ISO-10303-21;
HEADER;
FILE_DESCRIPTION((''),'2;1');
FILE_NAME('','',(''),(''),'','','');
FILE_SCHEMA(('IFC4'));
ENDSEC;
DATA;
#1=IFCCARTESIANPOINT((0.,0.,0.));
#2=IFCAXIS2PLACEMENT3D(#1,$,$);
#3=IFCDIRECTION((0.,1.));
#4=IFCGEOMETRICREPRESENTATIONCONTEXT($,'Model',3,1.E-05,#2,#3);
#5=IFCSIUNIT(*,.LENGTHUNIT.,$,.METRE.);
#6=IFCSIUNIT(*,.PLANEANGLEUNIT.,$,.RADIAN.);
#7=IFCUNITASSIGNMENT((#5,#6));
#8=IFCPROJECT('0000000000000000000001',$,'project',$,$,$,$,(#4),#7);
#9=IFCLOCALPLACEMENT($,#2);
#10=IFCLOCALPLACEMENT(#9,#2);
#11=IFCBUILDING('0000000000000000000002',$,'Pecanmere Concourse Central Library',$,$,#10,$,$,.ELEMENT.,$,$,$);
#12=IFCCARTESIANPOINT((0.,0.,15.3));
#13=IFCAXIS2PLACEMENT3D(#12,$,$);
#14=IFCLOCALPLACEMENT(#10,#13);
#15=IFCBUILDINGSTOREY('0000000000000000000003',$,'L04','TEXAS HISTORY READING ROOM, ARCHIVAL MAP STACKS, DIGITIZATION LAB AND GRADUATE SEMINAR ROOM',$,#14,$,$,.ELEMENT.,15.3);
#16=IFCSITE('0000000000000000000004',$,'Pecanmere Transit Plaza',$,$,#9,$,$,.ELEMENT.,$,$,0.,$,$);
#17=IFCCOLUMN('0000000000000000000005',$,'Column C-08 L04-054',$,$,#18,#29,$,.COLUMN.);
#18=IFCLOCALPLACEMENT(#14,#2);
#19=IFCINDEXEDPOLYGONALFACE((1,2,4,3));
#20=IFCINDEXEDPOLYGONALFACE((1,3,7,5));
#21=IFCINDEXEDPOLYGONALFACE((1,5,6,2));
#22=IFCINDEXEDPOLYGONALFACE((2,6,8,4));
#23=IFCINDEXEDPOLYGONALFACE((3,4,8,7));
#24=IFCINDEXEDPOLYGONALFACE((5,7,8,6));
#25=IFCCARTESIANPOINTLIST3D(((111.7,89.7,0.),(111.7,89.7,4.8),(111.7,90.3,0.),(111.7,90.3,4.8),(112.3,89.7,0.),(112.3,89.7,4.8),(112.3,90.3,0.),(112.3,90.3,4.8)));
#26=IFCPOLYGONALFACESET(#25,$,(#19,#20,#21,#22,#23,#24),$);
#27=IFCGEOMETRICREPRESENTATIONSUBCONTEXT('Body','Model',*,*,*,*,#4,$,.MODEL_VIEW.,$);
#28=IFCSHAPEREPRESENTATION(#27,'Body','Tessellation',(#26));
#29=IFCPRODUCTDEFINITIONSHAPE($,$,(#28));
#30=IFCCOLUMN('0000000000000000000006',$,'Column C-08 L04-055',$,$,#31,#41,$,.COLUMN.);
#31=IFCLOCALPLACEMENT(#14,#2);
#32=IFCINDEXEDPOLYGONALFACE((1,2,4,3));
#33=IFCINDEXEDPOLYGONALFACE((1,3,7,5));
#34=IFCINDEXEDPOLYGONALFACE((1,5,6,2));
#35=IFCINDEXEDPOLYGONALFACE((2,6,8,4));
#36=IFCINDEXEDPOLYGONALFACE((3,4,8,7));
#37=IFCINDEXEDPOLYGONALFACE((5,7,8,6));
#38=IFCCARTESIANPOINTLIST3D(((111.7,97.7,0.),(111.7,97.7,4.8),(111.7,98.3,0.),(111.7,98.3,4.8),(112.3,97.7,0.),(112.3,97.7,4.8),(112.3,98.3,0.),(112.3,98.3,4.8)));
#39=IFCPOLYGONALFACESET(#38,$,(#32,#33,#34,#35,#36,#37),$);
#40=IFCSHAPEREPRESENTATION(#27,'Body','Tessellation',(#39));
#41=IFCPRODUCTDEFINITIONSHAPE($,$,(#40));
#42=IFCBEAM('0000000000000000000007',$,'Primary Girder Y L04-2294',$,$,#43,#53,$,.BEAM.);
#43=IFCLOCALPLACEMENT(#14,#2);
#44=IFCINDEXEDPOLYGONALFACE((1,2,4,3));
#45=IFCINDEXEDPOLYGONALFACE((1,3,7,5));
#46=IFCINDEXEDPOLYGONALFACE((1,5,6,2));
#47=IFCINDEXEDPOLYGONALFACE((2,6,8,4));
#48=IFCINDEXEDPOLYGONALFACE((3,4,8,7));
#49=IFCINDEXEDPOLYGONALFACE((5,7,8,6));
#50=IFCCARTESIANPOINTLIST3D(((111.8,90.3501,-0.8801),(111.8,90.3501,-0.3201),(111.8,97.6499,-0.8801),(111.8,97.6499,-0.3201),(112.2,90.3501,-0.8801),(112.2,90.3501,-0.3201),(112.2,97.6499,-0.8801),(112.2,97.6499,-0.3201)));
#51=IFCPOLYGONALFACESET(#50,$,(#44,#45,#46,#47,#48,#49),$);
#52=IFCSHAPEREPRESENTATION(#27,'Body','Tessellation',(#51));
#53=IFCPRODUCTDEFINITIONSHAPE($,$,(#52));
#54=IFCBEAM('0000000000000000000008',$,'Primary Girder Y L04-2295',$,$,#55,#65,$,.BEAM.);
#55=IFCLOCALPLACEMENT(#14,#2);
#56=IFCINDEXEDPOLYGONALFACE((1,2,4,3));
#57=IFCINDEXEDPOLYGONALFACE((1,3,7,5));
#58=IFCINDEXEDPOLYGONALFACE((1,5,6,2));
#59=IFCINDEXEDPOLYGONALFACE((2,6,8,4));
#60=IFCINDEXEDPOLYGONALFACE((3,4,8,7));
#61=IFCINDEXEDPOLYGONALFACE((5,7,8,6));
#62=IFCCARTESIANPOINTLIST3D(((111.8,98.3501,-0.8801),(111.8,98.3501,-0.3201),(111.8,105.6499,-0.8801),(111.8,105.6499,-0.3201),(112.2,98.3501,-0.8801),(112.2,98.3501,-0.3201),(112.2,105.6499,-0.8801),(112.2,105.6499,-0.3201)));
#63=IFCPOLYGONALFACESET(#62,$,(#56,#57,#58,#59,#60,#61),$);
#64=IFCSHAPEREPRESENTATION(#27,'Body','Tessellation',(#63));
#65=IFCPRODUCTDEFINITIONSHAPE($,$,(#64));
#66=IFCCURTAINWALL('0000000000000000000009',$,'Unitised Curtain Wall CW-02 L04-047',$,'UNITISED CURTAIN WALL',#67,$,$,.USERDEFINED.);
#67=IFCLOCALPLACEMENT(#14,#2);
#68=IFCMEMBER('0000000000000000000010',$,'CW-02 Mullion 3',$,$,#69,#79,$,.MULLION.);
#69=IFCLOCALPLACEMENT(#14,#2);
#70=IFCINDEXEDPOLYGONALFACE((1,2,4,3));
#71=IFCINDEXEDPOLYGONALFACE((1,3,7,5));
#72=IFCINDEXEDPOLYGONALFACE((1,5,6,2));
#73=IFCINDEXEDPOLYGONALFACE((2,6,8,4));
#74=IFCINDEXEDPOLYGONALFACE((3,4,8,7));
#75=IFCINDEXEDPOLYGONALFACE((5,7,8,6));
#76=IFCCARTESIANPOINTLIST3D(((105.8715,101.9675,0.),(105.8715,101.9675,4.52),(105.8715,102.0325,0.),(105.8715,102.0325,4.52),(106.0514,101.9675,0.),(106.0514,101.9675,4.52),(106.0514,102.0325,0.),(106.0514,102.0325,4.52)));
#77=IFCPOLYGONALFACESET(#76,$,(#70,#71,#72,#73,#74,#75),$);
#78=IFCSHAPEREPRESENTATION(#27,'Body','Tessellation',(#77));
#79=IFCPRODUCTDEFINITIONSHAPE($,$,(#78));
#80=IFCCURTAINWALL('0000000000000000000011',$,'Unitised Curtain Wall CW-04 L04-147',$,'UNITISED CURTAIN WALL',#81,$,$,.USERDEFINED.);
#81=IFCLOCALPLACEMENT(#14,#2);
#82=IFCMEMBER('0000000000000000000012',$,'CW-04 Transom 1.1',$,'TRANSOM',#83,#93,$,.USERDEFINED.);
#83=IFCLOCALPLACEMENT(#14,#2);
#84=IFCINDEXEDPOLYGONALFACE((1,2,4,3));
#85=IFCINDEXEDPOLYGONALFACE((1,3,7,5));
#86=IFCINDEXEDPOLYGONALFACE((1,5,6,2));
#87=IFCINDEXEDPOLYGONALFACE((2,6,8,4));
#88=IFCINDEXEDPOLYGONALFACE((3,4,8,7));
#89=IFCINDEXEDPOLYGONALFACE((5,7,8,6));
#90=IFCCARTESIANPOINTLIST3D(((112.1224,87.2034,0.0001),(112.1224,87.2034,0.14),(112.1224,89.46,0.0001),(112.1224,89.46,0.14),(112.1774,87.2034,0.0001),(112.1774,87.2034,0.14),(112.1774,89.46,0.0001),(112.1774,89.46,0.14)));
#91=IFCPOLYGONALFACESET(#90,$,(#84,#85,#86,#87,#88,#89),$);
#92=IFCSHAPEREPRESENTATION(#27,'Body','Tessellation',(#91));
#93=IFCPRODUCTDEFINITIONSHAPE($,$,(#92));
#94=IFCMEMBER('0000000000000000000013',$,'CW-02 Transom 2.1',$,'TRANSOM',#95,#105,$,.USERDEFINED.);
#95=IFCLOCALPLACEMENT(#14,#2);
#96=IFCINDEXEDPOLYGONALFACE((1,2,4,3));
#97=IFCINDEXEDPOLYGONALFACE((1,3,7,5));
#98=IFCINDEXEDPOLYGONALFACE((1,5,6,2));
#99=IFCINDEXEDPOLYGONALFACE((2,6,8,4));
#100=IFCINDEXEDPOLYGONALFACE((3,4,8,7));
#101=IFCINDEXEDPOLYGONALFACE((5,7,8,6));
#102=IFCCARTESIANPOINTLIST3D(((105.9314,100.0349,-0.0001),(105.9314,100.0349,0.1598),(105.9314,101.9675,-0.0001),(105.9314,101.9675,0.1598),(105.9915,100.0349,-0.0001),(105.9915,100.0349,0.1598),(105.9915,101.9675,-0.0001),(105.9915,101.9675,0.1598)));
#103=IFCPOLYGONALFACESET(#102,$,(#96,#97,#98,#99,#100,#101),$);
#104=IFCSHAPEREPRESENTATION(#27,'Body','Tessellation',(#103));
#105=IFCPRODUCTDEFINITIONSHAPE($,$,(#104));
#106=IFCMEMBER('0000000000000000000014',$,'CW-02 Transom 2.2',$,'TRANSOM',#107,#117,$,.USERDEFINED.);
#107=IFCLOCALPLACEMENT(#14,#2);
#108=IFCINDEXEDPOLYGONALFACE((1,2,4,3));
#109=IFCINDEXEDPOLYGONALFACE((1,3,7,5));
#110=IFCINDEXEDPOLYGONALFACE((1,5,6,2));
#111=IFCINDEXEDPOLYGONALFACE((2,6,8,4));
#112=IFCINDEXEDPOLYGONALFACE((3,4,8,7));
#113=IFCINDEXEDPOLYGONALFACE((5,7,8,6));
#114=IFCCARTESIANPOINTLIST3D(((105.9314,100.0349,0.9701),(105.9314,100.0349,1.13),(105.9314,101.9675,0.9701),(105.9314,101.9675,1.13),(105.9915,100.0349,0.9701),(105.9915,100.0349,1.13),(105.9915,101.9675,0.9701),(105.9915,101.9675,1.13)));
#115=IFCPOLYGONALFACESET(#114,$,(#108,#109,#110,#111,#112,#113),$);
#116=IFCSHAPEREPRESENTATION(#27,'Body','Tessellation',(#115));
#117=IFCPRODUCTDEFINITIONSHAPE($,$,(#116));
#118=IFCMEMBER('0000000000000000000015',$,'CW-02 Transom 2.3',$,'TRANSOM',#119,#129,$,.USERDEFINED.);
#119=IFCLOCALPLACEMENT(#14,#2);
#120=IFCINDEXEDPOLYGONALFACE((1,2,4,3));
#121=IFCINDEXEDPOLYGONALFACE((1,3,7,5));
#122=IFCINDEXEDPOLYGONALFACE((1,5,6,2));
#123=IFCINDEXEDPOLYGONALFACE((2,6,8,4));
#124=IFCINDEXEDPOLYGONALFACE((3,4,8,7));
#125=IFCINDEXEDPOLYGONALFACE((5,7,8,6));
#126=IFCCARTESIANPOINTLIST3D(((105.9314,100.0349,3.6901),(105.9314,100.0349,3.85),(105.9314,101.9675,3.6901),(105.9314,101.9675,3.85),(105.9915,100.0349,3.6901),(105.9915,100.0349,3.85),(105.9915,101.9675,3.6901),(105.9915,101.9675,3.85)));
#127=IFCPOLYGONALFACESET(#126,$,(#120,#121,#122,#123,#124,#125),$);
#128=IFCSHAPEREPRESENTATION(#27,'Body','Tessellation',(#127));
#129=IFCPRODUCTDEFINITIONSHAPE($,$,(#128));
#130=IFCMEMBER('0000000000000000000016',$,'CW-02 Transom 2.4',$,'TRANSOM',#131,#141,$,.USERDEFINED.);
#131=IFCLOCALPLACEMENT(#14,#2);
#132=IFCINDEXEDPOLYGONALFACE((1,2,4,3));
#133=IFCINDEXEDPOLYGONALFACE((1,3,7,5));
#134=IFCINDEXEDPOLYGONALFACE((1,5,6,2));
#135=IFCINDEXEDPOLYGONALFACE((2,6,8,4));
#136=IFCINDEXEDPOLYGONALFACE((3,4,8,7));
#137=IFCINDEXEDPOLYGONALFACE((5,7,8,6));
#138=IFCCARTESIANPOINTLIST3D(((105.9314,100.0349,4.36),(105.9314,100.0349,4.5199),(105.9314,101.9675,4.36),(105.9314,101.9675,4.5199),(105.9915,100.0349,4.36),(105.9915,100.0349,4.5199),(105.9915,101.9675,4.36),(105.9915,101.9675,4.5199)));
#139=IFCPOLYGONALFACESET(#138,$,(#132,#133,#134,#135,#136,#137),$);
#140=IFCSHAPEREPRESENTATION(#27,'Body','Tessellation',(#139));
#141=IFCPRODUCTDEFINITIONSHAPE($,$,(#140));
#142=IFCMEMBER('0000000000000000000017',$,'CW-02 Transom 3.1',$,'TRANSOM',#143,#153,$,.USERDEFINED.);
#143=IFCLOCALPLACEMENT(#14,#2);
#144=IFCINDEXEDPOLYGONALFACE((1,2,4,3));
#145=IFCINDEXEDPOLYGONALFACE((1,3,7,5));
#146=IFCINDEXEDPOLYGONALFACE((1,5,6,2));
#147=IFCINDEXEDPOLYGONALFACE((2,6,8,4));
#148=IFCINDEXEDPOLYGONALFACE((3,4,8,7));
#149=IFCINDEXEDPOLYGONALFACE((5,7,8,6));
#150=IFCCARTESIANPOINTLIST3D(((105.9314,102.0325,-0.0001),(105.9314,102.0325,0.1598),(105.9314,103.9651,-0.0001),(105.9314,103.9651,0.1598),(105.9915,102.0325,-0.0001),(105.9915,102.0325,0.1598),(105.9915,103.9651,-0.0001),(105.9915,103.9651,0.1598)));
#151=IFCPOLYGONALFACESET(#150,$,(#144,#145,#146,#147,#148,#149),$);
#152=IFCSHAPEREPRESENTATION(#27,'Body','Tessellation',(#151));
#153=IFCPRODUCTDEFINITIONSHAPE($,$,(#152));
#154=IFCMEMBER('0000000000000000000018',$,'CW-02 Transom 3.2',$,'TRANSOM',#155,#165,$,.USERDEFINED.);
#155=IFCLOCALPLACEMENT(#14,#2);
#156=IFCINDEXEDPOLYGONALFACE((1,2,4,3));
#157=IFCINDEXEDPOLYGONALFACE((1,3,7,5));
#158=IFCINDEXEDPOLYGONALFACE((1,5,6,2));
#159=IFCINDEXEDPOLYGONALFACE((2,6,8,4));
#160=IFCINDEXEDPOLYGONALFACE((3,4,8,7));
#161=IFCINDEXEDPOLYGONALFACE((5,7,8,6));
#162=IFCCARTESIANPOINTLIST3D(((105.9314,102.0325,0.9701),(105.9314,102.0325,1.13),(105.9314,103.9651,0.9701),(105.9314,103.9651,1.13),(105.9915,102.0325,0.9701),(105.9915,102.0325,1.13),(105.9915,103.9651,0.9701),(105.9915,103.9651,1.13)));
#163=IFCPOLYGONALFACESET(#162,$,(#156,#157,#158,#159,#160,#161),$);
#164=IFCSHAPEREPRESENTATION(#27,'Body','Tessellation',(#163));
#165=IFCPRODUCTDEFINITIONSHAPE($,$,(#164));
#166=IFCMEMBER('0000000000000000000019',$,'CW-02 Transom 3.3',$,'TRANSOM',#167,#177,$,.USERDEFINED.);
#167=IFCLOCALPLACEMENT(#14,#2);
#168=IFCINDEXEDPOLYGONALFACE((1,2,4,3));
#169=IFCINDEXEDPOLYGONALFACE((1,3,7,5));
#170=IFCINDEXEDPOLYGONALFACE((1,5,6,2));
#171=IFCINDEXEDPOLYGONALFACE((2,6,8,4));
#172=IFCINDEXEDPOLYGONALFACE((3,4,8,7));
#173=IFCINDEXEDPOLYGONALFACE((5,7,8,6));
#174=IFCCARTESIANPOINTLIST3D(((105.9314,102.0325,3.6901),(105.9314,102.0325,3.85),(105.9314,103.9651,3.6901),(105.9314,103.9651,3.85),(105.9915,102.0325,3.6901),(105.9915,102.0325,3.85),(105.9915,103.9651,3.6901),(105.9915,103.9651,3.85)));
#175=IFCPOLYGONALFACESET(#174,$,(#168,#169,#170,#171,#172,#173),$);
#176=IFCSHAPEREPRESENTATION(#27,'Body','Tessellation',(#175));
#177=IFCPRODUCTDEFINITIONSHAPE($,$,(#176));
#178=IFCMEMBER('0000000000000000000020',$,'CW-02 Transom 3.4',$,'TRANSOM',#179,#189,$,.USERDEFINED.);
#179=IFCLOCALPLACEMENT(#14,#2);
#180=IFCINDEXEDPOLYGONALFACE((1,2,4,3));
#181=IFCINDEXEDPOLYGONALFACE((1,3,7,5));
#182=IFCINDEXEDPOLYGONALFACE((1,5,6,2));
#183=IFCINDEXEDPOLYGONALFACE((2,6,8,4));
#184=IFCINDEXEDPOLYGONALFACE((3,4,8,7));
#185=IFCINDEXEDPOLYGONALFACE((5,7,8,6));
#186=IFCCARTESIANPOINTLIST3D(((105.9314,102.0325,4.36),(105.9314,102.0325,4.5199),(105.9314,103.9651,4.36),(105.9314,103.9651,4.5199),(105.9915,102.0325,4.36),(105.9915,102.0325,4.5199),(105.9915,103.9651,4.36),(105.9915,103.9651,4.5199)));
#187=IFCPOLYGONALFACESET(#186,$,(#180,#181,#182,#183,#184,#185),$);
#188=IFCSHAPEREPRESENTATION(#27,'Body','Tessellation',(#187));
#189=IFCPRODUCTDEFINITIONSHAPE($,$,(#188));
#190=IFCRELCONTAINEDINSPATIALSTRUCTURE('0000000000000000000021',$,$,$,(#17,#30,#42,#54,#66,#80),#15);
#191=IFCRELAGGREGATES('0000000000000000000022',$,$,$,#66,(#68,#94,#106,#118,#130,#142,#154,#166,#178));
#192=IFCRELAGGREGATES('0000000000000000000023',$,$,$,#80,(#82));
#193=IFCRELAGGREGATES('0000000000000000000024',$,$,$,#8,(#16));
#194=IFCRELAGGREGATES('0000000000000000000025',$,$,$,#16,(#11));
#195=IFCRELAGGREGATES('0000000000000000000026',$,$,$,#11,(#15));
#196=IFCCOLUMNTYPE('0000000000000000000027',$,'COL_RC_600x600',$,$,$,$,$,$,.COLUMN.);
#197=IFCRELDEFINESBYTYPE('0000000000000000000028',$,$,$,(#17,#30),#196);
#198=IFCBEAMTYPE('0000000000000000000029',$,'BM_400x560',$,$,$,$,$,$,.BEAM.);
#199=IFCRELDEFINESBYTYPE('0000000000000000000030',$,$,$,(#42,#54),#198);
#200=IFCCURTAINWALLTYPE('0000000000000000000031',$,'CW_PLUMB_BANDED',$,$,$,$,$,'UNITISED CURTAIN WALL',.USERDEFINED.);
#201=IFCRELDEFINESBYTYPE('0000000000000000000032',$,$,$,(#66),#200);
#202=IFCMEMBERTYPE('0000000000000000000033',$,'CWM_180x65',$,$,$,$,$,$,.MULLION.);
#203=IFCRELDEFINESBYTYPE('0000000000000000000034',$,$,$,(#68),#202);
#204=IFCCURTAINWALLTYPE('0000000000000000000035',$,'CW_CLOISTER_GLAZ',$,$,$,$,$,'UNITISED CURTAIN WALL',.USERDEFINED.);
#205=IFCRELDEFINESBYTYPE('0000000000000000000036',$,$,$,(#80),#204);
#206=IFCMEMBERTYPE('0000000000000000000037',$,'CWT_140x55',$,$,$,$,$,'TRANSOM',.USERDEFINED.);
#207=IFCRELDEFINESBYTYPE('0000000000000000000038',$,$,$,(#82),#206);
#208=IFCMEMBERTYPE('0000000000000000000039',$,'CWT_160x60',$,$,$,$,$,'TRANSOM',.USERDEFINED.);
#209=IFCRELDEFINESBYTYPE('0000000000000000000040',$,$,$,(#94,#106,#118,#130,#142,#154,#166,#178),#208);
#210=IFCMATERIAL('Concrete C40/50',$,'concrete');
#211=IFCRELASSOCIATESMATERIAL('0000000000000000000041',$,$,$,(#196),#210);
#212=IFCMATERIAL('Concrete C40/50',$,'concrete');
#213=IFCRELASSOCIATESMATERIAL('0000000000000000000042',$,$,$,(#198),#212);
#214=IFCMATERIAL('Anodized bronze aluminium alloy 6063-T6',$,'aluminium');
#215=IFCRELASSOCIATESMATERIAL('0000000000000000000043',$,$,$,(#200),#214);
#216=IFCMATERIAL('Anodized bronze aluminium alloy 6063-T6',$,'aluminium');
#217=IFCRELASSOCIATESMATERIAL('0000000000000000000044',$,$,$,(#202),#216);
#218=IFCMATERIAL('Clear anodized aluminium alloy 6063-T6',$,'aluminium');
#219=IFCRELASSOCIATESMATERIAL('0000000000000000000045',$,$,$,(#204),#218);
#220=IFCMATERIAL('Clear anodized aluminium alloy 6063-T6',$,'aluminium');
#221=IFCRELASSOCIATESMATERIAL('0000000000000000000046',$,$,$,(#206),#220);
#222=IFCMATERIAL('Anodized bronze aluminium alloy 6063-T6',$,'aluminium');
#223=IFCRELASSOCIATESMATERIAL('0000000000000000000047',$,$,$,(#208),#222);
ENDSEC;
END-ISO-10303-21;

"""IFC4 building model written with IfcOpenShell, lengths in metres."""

from ifc_helpers import new_model, si_unit, direction, frame, origin, origin_2d, place, context, subcontext, project, spatial, rectangle, extrude, material, material_profile, profile_set, type_object, element, aggregate, save


model = new_model("IFC4")

# Units and contexts
model_context = context("Model", 3, precision=1e-05, world=origin(), true_north=direction((0.0, 1.0)))
body_context = subcontext(model_context, "Body", "Model", "MODEL_VIEW")
ifc_project = project(units=[si_unit("LENGTHUNIT", "METRE"), si_unit("PLANEANGLEUNIT", "RADIAN")], contexts=[model_context])

# Site, building, storey
site_placement = place(None, origin())
site = spatial("IfcSite", under=ifc_project, at=site_placement, Name="Pecanmere Transit Plaza", CompositionType="ELEMENT", RefElevation=0.0)
building_placement = place(site_placement, origin())
building = spatial("IfcBuilding", under=site, at=building_placement, Name="Pecanmere Concourse Central Library", CompositionType="ELEMENT")
storey_placement = place(building_placement, frame((0.0, 0.0, 15.3)))
storey = spatial("IfcBuildingStorey", under=building, at=storey_placement, Name="L04", Description="TEXAS HISTORY READING ROOM, ARCHIVAL MAP STACKS, DIGITIZATION LAB AND GRADUATE SEMINAR ROOM", CompositionType="ELEMENT", Elevation=15.3)

# Columns
ifc_material_1 = material(Name="Concrete C40/50", Category="concrete")
ifc_material_profile_1 = material_profile(ifc_material_1, rectangle(XDim=0.6001, YDim=0.6001, at=origin_2d()), Name="RC 600x600")
ifc_profile_set_1 = profile_set([ifc_material_profile_1], Name="Concrete C40/50")
column_type = type_object("IfcColumnType", Name="COL_RC_600x600", PredefinedType="COLUMN", material=ifc_profile_set_1)
for number, where, z_axis, x_axis, name in (
    (1, (112.0, 90.0, 0.0), (0.0, 0.0, 1.0), (1.0, 0.0, 0.0), "Column C-08 L04-054"),
    (2, (112.0, 98.0, 0.0), (0.0, 0.0, 1.0), (1.0, 0.0, 0.0), "Column C-08 L04-055"),
):
    element("IfcColumn", number, at=place(storey_placement, frame(where, z_axis=z_axis, x_axis=x_axis)), inside=storey, type_object=column_type, Name=name, PredefinedType="COLUMN", context=body_context, shape_type="SweptSolid", body=[
        extrude(rectangle(XDim=0.6001, YDim=0.6001, at=origin_2d()), origin(), (0.0, 0.0, 1.0), 4.8),
    ])

# Beams
ifc_material_2 = material(Name="Concrete C40/50", Category="concrete")
ifc_material_profile_2 = material_profile(ifc_material_2, rectangle(XDim=0.3999, YDim=0.5601, at=origin_2d()), Name="RC 400x560")
ifc_profile_set_2 = profile_set([ifc_material_profile_2], Name="Concrete C40/50")
beam_type = type_object("IfcBeamType", Name="BM_400x560", PredefinedType="BEAM", material=ifc_profile_set_2)
for number, where, z_axis, x_axis, name in (
    (3, (112.0, 90.3501, -0.6001), (0.0, 1.0, 0.0), (-1.0, 0.0, 0.0), "Primary Girder Y L04-2294"),
    (4, (112.0, 98.3501, -0.6001), (0.0, 1.0, 0.0), (-1.0, 0.0, 0.0), "Primary Girder Y L04-2295"),
):
    element("IfcBeam", number, at=place(storey_placement, frame(where, z_axis=z_axis, x_axis=x_axis)), inside=storey, type_object=beam_type, Name=name, PredefinedType="BEAM", context=body_context, shape_type="SweptSolid", body=[
        extrude(rectangle(XDim=0.3999, YDim=0.5601, at=origin_2d()), origin(), (0.0, 0.0, 1.0), 7.2998),
    ])

# Curtain walls, members
ifc_material_3 = material(Name="Anodized bronze aluminium alloy 6063-T6", Category="aluminium")
curtain_wall_type_1 = type_object("IfcCurtainWallType", Name="CW_PLUMB_BANDED", ElementType="UNITISED CURTAIN WALL", PredefinedType="USERDEFINED", material=ifc_material_3)
curtain_wall_1_placement = place(storey_placement, origin())
curtain_wall_1 = element("IfcCurtainWall", 5, at=curtain_wall_1_placement, inside=storey, type_object=curtain_wall_type_1, Name="Unitised Curtain Wall CW-02 L04-047", ObjectType="UNITISED CURTAIN WALL", PredefinedType="USERDEFINED")
ifc_material_4 = material(Name="Anodized bronze aluminium alloy 6063-T6", Category="aluminium")
ifc_material_profile_3 = material_profile(ifc_material_4, rectangle(XDim=0.0649, YDim=0.1799, at=origin_2d()), Name="AL 65x180")
ifc_profile_set_3 = profile_set([ifc_material_profile_3], Name="Anodized bronze aluminium alloy 6063-T6")
member_type_1 = type_object("IfcMemberType", Name="CWM_180x65", PredefinedType="MULLION", material=ifc_profile_set_3)
member_1_placement = place(storey_placement, frame((105.9614, 102.0, 0.0), z_axis=(0.0, 0.0, 1.0), x_axis=(0.0, 1.0, 0.0)))
member_1 = element("IfcMember", 6, at=member_1_placement, type_object=member_type_1, Name="CW-02 Mullion 3", PredefinedType="MULLION", context=body_context, shape_type="SweptSolid", body=[
    extrude(rectangle(XDim=0.0649, YDim=0.1799, at=origin_2d()), origin(), (0.0, 0.0, 1.0), 4.52),
])
ifc_material_5 = material(Name="Clear anodized aluminium alloy 6063-T6", Category="aluminium")
curtain_wall_type_2 = type_object("IfcCurtainWallType", Name="CW_CLOISTER_GLAZ", ElementType="UNITISED CURTAIN WALL", PredefinedType="USERDEFINED", material=ifc_material_5)
curtain_wall_2_placement = place(storey_placement, origin())
curtain_wall_2 = element("IfcCurtainWall", 7, at=curtain_wall_2_placement, inside=storey, type_object=curtain_wall_type_2, Name="Unitised Curtain Wall CW-04 L04-147", ObjectType="UNITISED CURTAIN WALL", PredefinedType="USERDEFINED")
ifc_material_6 = material(Name="Clear anodized aluminium alloy 6063-T6", Category="aluminium")
ifc_material_profile_4 = material_profile(ifc_material_6, rectangle(XDim=0.0549, YDim=0.1399, at=origin_2d()), Name="AL 55x140")
ifc_profile_set_4 = profile_set([ifc_material_profile_4], Name="Clear anodized aluminium alloy 6063-T6")
member_type_2 = type_object("IfcMemberType", Name="CWT_140x55", ElementType="TRANSOM", PredefinedType="USERDEFINED", material=ifc_profile_set_4)
member_2_placement = place(storey_placement, frame((112.1499, 89.46, 0.0701), z_axis=(0.0, -1.0, 0.0), x_axis=(1.0, 0.0, 0.0)))
member_2 = element("IfcMember", 8, at=member_2_placement, type_object=member_type_2, Name="CW-04 Transom 1.1", ObjectType="TRANSOM", PredefinedType="USERDEFINED", context=body_context, shape_type="SweptSolid", body=[
    extrude(rectangle(XDim=0.0549, YDim=0.1399, at=origin_2d()), origin(), (0.0, 0.0, 1.0), 2.2566),
])

# Members
ifc_material_7 = material(Name="Anodized bronze aluminium alloy 6063-T6", Category="aluminium")
ifc_material_profile_5 = material_profile(ifc_material_7, rectangle(XDim=0.0601, YDim=0.1599, at=origin_2d()), Name="AL 60x160")
ifc_profile_set_5 = profile_set([ifc_material_profile_5], Name="Anodized bronze aluminium alloy 6063-T6")
member_type_3 = type_object("IfcMemberType", Name="CWT_160x60", ElementType="TRANSOM", PredefinedType="USERDEFINED", material=ifc_profile_set_5)
member_3_placement = place(storey_placement, frame((105.9614, 100.0349, 0.0798), z_axis=(0.0, 1.0, 0.0), x_axis=(-1.0, 0.0, 0.0)))
member_3 = element("IfcMember", 9, at=member_3_placement, type_object=member_type_3, Name="CW-02 Transom 2.1", ObjectType="TRANSOM", PredefinedType="USERDEFINED", context=body_context, shape_type="SweptSolid", body=[
    extrude(rectangle(XDim=0.0601, YDim=0.1599, at=origin_2d()), origin(), (0.0, 0.0, 1.0), 1.9326),
])
member_4_placement = place(storey_placement, frame((105.9614, 100.0349, 1.05), z_axis=(0.0, 1.0, 0.0), x_axis=(-1.0, 0.0, 0.0)))
member_4 = element("IfcMember", 10, at=member_4_placement, type_object=member_type_3, Name="CW-02 Transom 2.2", ObjectType="TRANSOM", PredefinedType="USERDEFINED", context=body_context, shape_type="SweptSolid", body=[
    extrude(rectangle(XDim=0.0601, YDim=0.1599, at=origin_2d()), origin(), (0.0, 0.0, 1.0), 1.9326),
])
member_5_placement = place(storey_placement, frame((105.9614, 100.0349, 3.77), z_axis=(0.0, 1.0, 0.0), x_axis=(-1.0, 0.0, 0.0)))
member_5 = element("IfcMember", 11, at=member_5_placement, type_object=member_type_3, Name="CW-02 Transom 2.3", ObjectType="TRANSOM", PredefinedType="USERDEFINED", context=body_context, shape_type="SweptSolid", body=[
    extrude(rectangle(XDim=0.0601, YDim=0.1599, at=origin_2d()), origin(), (0.0, 0.0, 1.0), 1.9326),
])
member_6_placement = place(storey_placement, frame((105.9614, 100.0349, 4.4399), z_axis=(0.0, 1.0, 0.0), x_axis=(-1.0, 0.0, 0.0)))
member_6 = element("IfcMember", 12, at=member_6_placement, type_object=member_type_3, Name="CW-02 Transom 2.4", ObjectType="TRANSOM", PredefinedType="USERDEFINED", context=body_context, shape_type="SweptSolid", body=[
    extrude(rectangle(XDim=0.0601, YDim=0.1599, at=origin_2d()), origin(), (0.0, 0.0, 1.0), 1.9326),
])
member_7_placement = place(storey_placement, frame((105.9614, 102.0325, 0.0798), z_axis=(0.0, 1.0, 0.0), x_axis=(-1.0, 0.0, 0.0)))
member_7 = element("IfcMember", 13, at=member_7_placement, type_object=member_type_3, Name="CW-02 Transom 3.1", ObjectType="TRANSOM", PredefinedType="USERDEFINED", context=body_context, shape_type="SweptSolid", body=[
    extrude(rectangle(XDim=0.0601, YDim=0.1599, at=origin_2d()), origin(), (0.0, 0.0, 1.0), 1.9326),
])
member_8_placement = place(storey_placement, frame((105.9614, 102.0325, 1.05), z_axis=(0.0, 1.0, 0.0), x_axis=(-1.0, 0.0, 0.0)))
member_8 = element("IfcMember", 14, at=member_8_placement, type_object=member_type_3, Name="CW-02 Transom 3.2", ObjectType="TRANSOM", PredefinedType="USERDEFINED", context=body_context, shape_type="SweptSolid", body=[
    extrude(rectangle(XDim=0.0601, YDim=0.1599, at=origin_2d()), origin(), (0.0, 0.0, 1.0), 1.9326),
])
member_9_placement = place(storey_placement, frame((105.9614, 102.0325, 3.77), z_axis=(0.0, 1.0, 0.0), x_axis=(-1.0, 0.0, 0.0)))
member_9 = element("IfcMember", 15, at=member_9_placement, type_object=member_type_3, Name="CW-02 Transom 3.3", ObjectType="TRANSOM", PredefinedType="USERDEFINED", context=body_context, shape_type="SweptSolid", body=[
    extrude(rectangle(XDim=0.0601, YDim=0.1599, at=origin_2d()), origin(), (0.0, 0.0, 1.0), 1.9326),
])
member_10_placement = place(storey_placement, frame((105.9614, 102.0325, 4.4399), z_axis=(0.0, 1.0, 0.0), x_axis=(-1.0, 0.0, 0.0)))
member_10 = element("IfcMember", 16, at=member_10_placement, type_object=member_type_3, Name="CW-02 Transom 3.4", ObjectType="TRANSOM", PredefinedType="USERDEFINED", context=body_context, shape_type="SweptSolid", body=[
    extrude(rectangle(XDim=0.0601, YDim=0.1599, at=origin_2d()), origin(), (0.0, 0.0, 1.0), 1.9326),
])

aggregate(curtain_wall_1, [member_1, member_3, member_4, member_5, member_6, member_7, member_8, member_9, member_10])
aggregate(curtain_wall_2, [member_2])

save(model, "model.ifc")
